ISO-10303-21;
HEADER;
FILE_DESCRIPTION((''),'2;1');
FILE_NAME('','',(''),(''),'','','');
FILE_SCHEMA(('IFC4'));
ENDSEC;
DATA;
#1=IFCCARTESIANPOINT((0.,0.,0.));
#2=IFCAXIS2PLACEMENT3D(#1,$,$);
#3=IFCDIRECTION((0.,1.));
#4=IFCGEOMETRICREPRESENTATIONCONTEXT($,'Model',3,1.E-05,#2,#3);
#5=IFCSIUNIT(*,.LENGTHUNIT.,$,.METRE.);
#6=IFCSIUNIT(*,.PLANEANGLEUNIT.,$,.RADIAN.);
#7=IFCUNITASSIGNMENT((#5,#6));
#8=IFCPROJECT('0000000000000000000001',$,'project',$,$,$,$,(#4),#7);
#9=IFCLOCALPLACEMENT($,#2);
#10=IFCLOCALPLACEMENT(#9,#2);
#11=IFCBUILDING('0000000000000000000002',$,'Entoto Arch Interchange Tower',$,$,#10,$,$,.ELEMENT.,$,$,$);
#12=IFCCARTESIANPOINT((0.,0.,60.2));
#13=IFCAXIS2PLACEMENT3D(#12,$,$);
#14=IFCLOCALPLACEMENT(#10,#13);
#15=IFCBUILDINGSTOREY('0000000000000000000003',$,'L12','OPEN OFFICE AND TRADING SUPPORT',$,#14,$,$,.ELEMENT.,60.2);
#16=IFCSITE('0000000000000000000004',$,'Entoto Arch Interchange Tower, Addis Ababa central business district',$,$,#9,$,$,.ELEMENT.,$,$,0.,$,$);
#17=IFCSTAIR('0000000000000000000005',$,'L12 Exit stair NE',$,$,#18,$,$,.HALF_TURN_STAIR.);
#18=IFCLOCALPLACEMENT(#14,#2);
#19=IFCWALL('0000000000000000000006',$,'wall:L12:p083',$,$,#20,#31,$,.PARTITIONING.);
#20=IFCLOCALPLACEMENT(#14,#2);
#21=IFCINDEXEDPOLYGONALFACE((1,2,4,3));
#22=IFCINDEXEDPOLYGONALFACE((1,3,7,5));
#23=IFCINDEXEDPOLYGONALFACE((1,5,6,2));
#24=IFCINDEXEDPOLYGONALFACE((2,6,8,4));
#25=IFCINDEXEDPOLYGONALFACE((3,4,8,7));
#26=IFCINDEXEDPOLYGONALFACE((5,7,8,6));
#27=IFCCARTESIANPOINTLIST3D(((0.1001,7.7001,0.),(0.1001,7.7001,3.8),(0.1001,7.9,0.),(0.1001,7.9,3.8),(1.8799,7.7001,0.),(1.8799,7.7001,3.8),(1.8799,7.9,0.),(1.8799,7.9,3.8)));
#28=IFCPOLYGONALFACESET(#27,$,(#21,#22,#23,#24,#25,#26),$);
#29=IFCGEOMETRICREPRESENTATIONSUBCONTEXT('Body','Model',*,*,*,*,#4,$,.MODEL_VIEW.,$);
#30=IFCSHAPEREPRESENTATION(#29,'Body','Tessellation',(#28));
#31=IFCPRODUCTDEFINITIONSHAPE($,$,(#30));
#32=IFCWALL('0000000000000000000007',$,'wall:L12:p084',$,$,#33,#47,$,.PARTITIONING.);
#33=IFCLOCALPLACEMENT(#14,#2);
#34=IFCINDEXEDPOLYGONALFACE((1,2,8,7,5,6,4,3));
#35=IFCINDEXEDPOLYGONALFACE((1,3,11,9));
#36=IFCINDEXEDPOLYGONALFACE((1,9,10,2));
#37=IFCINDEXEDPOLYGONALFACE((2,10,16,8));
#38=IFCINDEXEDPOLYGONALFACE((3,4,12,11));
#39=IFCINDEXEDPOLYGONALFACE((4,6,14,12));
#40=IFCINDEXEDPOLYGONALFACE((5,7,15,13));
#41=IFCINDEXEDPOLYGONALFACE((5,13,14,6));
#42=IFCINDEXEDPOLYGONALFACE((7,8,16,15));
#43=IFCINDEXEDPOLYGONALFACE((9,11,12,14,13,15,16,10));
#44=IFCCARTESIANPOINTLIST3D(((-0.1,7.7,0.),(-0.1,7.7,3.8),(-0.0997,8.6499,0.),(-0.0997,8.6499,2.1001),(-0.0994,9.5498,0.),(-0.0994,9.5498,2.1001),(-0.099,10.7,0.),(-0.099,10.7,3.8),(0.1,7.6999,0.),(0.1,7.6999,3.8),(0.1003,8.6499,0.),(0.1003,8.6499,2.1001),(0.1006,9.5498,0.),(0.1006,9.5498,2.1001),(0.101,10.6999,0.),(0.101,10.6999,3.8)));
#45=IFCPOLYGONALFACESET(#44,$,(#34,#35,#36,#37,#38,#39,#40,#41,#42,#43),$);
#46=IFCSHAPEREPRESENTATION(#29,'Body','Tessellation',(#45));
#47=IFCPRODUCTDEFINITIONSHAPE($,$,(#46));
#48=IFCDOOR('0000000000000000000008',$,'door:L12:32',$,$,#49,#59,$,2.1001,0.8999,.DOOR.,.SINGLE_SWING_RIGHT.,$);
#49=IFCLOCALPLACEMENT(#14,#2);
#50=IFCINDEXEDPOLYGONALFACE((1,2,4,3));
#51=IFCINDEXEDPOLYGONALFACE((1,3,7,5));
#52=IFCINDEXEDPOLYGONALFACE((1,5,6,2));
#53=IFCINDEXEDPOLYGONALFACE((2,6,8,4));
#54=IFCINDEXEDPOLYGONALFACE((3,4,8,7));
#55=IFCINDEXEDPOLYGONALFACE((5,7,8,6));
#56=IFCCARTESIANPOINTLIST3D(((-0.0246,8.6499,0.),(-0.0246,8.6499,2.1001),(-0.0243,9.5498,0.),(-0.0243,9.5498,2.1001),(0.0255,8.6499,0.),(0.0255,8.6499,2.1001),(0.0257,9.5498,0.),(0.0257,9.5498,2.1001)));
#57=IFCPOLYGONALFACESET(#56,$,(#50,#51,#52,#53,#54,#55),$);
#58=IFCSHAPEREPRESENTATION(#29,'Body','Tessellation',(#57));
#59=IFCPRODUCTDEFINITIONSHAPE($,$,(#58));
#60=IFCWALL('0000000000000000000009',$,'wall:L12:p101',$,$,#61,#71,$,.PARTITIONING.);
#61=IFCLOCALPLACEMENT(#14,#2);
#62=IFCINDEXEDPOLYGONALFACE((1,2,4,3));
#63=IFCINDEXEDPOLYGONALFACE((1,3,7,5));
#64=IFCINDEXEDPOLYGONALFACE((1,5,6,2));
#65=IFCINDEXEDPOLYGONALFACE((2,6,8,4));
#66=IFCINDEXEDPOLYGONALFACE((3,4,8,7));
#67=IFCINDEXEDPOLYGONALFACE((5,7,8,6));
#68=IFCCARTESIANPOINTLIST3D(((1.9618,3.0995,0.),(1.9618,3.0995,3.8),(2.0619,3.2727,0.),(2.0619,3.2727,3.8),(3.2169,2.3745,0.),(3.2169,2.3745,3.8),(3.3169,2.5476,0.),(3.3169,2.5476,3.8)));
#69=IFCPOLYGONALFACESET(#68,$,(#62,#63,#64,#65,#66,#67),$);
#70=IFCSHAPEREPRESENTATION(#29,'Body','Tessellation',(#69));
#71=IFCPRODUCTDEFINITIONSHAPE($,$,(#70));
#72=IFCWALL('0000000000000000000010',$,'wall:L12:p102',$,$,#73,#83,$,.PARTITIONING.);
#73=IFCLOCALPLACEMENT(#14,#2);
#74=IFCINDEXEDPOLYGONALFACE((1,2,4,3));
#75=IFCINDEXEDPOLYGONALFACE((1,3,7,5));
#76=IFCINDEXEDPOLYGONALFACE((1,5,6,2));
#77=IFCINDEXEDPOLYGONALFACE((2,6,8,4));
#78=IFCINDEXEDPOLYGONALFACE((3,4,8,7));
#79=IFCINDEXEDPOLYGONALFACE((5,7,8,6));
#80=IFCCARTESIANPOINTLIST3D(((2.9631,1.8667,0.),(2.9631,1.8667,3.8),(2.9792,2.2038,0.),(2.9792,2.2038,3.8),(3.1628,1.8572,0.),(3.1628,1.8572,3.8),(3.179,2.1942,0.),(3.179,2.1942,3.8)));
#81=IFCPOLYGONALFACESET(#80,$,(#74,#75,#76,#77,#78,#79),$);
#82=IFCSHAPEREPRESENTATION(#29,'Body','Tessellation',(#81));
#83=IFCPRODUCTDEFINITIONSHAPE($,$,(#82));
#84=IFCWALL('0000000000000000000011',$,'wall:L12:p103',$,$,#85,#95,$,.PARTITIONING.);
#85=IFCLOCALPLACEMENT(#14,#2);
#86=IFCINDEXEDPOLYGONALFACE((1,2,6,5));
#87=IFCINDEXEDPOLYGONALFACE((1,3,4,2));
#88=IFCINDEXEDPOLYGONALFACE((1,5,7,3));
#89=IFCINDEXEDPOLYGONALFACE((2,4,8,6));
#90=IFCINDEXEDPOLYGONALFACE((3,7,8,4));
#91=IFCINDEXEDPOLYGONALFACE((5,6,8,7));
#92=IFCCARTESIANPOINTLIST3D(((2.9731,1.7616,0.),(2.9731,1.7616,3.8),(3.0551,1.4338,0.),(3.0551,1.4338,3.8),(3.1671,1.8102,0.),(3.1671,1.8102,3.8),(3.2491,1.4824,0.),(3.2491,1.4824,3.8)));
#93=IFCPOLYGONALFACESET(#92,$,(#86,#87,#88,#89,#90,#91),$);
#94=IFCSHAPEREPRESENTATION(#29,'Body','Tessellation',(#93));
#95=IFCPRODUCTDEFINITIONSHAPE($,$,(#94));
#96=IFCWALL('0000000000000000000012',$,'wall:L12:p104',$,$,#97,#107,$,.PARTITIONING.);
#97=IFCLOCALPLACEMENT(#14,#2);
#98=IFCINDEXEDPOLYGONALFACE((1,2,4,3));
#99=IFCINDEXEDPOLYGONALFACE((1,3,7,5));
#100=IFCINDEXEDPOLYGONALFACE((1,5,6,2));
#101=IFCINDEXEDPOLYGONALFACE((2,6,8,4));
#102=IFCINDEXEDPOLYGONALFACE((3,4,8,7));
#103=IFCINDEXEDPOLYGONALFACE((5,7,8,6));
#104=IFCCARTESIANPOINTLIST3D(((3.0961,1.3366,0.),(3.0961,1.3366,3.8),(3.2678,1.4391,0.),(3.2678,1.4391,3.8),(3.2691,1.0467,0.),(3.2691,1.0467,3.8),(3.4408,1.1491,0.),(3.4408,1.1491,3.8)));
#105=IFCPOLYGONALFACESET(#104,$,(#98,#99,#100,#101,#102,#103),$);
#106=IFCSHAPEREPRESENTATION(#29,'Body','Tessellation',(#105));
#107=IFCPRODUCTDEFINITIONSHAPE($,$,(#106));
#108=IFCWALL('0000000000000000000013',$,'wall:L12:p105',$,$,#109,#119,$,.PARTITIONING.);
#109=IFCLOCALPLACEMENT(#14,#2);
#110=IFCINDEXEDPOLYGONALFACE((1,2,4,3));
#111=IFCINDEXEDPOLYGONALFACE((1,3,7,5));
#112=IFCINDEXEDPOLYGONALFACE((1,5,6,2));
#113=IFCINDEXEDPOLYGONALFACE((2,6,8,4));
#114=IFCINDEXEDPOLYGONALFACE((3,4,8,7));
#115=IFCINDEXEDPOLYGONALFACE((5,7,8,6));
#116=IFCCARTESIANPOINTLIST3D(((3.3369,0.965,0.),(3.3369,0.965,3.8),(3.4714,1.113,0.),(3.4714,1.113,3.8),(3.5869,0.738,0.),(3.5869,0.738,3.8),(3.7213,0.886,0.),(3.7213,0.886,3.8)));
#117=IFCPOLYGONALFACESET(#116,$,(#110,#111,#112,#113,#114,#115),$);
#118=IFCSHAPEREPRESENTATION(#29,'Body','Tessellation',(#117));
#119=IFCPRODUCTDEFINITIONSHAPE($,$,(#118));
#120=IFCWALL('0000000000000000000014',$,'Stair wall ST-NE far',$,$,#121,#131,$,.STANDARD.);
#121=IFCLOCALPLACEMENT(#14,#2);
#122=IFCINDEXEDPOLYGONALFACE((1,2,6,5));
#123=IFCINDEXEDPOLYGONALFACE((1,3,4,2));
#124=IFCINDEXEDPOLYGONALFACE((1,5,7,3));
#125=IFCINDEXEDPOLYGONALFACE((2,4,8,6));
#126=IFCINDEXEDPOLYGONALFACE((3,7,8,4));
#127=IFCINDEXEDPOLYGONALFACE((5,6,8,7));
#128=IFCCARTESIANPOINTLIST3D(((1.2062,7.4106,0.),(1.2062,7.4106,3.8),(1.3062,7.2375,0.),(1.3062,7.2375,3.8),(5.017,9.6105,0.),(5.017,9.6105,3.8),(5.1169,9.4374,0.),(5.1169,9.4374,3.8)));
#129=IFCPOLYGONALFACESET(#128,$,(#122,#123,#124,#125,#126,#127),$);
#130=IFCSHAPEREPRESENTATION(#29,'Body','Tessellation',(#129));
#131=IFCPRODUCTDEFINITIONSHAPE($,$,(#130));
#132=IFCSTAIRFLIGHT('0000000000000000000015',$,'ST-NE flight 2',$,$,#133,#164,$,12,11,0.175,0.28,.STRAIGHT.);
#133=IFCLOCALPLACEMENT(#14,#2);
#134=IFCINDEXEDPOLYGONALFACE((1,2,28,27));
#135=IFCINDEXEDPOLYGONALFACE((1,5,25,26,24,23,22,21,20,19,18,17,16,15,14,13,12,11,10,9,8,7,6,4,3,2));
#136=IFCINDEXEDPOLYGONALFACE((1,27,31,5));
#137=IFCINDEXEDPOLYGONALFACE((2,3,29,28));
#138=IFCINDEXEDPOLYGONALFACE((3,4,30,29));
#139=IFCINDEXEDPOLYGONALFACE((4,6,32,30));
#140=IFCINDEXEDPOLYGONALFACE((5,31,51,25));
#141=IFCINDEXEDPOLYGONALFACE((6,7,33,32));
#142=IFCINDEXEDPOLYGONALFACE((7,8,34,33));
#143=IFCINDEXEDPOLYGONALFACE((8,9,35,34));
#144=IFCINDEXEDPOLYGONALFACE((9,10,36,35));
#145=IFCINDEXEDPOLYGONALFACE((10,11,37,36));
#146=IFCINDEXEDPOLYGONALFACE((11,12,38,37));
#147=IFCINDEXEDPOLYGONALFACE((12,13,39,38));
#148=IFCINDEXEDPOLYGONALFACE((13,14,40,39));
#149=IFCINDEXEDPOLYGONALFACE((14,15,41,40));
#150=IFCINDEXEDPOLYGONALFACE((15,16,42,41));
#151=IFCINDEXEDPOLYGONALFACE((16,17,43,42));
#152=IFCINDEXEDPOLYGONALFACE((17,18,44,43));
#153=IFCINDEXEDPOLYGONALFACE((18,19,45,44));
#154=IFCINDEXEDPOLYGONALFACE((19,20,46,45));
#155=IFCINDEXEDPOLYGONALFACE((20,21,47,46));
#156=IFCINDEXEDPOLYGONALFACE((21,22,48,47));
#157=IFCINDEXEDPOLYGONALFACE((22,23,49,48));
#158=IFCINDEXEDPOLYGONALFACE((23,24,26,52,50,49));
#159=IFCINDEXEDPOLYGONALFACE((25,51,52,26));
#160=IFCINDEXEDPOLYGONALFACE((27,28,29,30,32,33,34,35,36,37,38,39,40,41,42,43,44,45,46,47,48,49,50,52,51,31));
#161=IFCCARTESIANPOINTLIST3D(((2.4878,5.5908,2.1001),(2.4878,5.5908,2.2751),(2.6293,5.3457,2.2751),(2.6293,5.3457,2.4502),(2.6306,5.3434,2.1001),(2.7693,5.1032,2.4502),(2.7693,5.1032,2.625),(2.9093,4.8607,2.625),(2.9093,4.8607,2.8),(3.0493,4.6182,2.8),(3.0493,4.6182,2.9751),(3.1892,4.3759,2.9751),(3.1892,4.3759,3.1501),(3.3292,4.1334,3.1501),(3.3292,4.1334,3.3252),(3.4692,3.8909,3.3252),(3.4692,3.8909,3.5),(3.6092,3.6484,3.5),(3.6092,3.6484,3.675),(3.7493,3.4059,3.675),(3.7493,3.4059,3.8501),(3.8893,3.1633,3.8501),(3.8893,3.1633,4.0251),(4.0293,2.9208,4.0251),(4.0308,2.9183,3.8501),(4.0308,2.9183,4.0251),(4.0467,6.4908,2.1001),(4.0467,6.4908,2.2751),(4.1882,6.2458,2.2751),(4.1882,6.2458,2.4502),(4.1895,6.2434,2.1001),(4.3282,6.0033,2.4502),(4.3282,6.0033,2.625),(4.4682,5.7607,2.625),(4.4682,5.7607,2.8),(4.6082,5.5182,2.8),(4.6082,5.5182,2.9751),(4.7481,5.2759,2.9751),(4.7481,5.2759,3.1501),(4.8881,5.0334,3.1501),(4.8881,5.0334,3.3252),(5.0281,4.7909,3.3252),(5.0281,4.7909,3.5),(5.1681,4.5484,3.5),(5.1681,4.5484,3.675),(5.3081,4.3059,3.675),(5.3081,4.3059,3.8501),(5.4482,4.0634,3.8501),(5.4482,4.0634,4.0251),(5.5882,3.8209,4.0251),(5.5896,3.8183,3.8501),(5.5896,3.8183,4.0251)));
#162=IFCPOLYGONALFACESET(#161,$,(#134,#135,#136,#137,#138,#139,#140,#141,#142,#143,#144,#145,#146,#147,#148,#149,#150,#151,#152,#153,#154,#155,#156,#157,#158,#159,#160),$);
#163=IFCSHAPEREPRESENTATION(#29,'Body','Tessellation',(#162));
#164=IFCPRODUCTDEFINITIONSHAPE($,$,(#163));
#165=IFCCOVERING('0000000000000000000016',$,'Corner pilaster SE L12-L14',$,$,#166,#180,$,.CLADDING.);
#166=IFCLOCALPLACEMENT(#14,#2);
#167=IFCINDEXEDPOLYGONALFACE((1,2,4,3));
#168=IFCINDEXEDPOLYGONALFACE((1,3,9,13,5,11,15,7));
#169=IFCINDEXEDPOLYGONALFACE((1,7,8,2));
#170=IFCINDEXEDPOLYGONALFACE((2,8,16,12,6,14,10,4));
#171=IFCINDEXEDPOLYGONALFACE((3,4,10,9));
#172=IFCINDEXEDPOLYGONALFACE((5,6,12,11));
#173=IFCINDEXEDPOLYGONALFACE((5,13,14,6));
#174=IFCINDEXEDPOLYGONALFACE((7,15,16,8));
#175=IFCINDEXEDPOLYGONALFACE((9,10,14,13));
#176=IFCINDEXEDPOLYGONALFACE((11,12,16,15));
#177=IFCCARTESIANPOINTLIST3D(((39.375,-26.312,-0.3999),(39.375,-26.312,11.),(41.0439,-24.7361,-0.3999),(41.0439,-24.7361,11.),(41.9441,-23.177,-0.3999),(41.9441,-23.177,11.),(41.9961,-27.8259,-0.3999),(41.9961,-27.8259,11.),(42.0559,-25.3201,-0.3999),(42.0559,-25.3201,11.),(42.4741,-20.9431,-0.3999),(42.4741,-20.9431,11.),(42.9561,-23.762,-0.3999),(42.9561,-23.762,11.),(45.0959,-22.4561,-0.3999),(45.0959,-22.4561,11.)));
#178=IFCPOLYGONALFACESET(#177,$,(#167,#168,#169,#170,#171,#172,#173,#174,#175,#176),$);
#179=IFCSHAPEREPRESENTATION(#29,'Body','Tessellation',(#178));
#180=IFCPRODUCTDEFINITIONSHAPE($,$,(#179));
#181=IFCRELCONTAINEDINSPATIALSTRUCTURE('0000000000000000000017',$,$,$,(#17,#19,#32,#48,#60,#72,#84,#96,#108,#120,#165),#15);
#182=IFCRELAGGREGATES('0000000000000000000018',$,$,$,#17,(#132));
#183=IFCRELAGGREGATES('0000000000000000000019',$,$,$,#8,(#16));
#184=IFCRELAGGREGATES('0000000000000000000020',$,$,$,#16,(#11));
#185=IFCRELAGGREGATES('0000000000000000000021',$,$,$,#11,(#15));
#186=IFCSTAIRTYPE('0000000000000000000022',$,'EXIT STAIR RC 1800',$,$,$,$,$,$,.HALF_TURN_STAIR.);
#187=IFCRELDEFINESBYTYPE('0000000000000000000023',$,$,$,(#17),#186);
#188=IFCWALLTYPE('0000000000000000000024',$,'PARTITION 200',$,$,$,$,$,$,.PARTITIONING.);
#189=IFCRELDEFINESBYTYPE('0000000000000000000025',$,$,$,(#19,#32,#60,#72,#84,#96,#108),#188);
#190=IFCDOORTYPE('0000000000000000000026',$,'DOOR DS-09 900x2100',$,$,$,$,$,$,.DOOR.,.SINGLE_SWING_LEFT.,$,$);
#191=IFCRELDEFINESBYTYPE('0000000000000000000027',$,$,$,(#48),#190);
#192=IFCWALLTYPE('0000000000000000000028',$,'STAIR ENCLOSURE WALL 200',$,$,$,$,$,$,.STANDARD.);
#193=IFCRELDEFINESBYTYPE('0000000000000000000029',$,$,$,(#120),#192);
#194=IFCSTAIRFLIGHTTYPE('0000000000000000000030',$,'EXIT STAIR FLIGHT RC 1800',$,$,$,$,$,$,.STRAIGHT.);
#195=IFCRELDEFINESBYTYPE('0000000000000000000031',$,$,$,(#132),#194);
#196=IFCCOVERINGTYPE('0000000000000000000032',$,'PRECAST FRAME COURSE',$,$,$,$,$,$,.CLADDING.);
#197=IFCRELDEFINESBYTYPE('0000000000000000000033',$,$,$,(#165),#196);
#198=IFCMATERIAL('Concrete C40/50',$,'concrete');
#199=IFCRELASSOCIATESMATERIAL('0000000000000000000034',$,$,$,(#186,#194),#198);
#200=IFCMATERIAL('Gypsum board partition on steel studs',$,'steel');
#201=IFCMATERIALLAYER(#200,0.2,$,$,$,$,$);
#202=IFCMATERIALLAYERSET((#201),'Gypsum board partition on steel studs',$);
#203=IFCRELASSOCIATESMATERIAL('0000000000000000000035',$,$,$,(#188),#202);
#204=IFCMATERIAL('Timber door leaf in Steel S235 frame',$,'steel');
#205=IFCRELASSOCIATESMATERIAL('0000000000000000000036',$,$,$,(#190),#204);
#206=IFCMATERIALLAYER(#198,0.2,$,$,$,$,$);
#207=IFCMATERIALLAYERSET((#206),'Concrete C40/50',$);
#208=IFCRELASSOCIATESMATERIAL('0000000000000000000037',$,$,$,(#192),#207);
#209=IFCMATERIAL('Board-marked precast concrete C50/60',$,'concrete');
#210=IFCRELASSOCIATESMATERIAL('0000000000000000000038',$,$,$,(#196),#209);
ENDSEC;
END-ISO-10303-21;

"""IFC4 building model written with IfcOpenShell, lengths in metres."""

from ifc_helpers import new_model, si_unit, direction, frame, frame_2d, origin, place, context, subcontext, project, spatial, polyline, rectangle, outline, extrude, material, layer, layer_set, type_object, element, fill, aggregate, save


model = new_model("IFC4")

# Units and contexts
model_context = context("Model", 3, precision=1e-05, world=origin(), true_north=direction((0.0, 1.0)))
body_context = subcontext(model_context, "Body", "Model", "MODEL_VIEW")
ifc_project = project(units=[si_unit("LENGTHUNIT", "METRE"), si_unit("PLANEANGLEUNIT", "RADIAN")], contexts=[model_context])

# Site, building, storey
site_placement = place(None, origin())
site = spatial("IfcSite", under=ifc_project, at=site_placement, Name="Entoto Arch Interchange Tower, Addis Ababa central business district", CompositionType="ELEMENT", RefElevation=0.0)
building_placement = place(site_placement, origin())
building = spatial("IfcBuilding", under=site, at=building_placement, Name="Entoto Arch Interchange Tower", CompositionType="ELEMENT")
storey_placement = place(building_placement, frame((0.0, 0.0, 60.2)))
storey = spatial("IfcBuildingStorey", under=building, at=storey_placement, Name="L12", Description="OPEN OFFICE AND TRADING SUPPORT", CompositionType="ELEMENT", Elevation=60.2)

# Shared definitions
ifc_material_1 = material(Name="Board-marked precast concrete C50/60", Category="concrete")
ifc_material_2 = material(Name="Concrete C40/50", Category="concrete")

# Stair
stair_type = type_object("IfcStairType", Name="EXIT STAIR RC 1800", PredefinedType="HALF_TURN_STAIR", material=ifc_material_2)
stair_1_placement = place(storey_placement, origin())
stair_1 = element("IfcStair", 1, at=stair_1_placement, inside=storey, type_object=stair_type, Name="L12 Exit stair NE", PredefinedType="HALF_TURN_STAIR")

# Wall
ifc_material_3 = material(Name="Gypsum board partition on steel studs", Category="steel")
ifc_layer_1 = layer(ifc_material_3, 0.2)
ifc_layer_set_1 = layer_set([ifc_layer_1], Name="Gypsum board partition on steel studs")
wall_type_1 = type_object("IfcWallType", Name="PARTITION 200", PredefinedType="PARTITIONING", material=ifc_layer_set_1)
wall_1_placement = place(storey_placement, frame((1.8799, 7.8, 0.0), z_axis=(0.0, 0.0, 1.0), x_axis=(-1.0, 0.0, 0.0)))
element("IfcWall", 2, at=wall_1_placement, inside=storey, type_object=wall_type_1, Name="wall:L12:p083", PredefinedType="PARTITIONING", context=body_context, shape_type="SweptSolid", body=[
    extrude(rectangle(XDim=1.7798, YDim=0.2, at=frame_2d((0.8899, 0.0))), origin(), (0.0, 0.0, 1.0), 3.8),
])

# Wall, opening, door
wall_2_placement = place(storey_placement, frame((0.0, 7.7, 0.0), z_axis=(0.0, 0.0, 1.0), x_axis=(0.000326, 1.0, 0.0)))
wall_2 = element("IfcWall", 3, at=wall_2_placement, inside=storey, type_object=wall_type_1, Name="wall:L12:p084", PredefinedType="PARTITIONING", context=body_context, shape_type="SweptSolid", body=[
    extrude(rectangle(XDim=3.0, YDim=0.2, at=frame_2d((1.5, 0.0))), origin(), (0.0, 0.0, 1.0), 3.8),
])
opening_placement = place(wall_2_placement, frame((0.95, 0.0, 0.0)))
opening = element("IfcOpeningElement", 4, at=opening_placement, cuts=wall_2, PredefinedType="OPENING", context=body_context, shape_type="SweptSolid", body=[
    extrude(rectangle(XDim=0.8999, YDim=2.1001, at=frame_2d((0.45, 1.05))), frame((0.0, 0.1099, 0.0), z_axis=(0.0, -1.0, 0.0), x_axis=(1.0, 0.0, 0.0)), (0.0, 0.0, 1.0), 0.22),
])
ifc_material_4 = material(Name="Timber door leaf in Steel S235 frame", Category="steel")
door_type = type_object("IfcDoorType", Name="DOOR DS-09 900x2100", OperationType="SINGLE_SWING_LEFT", PredefinedType="DOOR", material=ifc_material_4)
door_placement = place(opening_placement, origin())
door = element("IfcDoor", 5, at=door_placement, inside=storey, type_object=door_type, Name="door:L12:32", OperationType="SINGLE_SWING_RIGHT", OverallHeight=2.1001, OverallWidth=0.8999, PredefinedType="DOOR", context=body_context, shape_type="SweptSolid", body=[
    extrude(rectangle(XDim=0.8999, YDim=2.1001, at=frame_2d((0.45, 1.05))), frame((0.0, 0.0249, 0.0), z_axis=(0.0, -1.0, 0.0), x_axis=(1.0, 0.0, 0.0)), (0.0, 0.0, 1.0), 0.05),
])
fill(opening, door)

# Walls
wall_3_placement = place(storey_placement, frame((2.012, 3.186, 0.0), z_axis=(0.0, 0.0, 1.0), x_axis=(0.865891, -0.500233, 0.0)))
element("IfcWall", 6, at=wall_3_placement, inside=storey, type_object=wall_type_1, Name="wall:L12:p101", PredefinedType="PARTITIONING", context=body_context, shape_type="SweptSolid", body=[
    extrude(rectangle(XDim=1.4495, YDim=0.2, at=frame_2d((0.7246, 0.0))), origin(), (0.0, 0.0, 1.0), 3.8),
])
wall_4_placement = place(storey_placement, frame((3.0791, 2.199, 0.0), z_axis=(0.0, 0.0, 1.0), x_axis=(-0.047771, -0.998858, 0.0)))
element("IfcWall", 7, at=wall_4_placement, inside=storey, type_object=wall_type_1, Name="wall:L12:p102", PredefinedType="PARTITIONING", context=body_context, shape_type="SweptSolid", body=[
    extrude(rectangle(XDim=0.3374, YDim=0.2, at=frame_2d((0.1687, 0.0))), origin(), (0.0, 0.0, 1.0), 3.8),
])
wall_5_placement = place(storey_placement, frame((3.0701, 1.7859, 0.0), z_axis=(0.0, 0.0, 1.0), x_axis=(0.242706, -0.9701, 0.0)))
element("IfcWall", 8, at=wall_5_placement, inside=storey, type_object=wall_type_1, Name="wall:L12:p103", PredefinedType="PARTITIONING", context=body_context, shape_type="SweptSolid", body=[
    extrude(rectangle(XDim=0.3379, YDim=0.2, at=frame_2d((0.1689, 0.0))), origin(), (0.0, 0.0, 1.0), 3.8),
])
for number, where, z_axis, x_axis, name in (
    (9, (3.1819, 1.3879, 0.0), (0.0, 0.0, 1.0), (0.512475, -0.858702, 0.0), "wall:L12:p104"),
    (10, (3.4041, 1.0391, 0.0), (0.0, 0.0, 1.0), (0.740267, -0.672313, 0.0), "wall:L12:p105"),
):
    element("IfcWall", number, at=place(storey_placement, frame(where, z_axis=z_axis, x_axis=x_axis)), inside=storey, type_object=wall_type_1, Name=name, PredefinedType="PARTITIONING", context=body_context, shape_type="SweptSolid", body=[
        extrude(rectangle(XDim=0.3376, YDim=0.2, at=frame_2d((0.1689, 0.0))), origin(), (0.0, 0.0, 1.0), 3.8),
    ])
ifc_layer_2 = layer(ifc_material_2, 0.2)
ifc_layer_set_2 = layer_set([ifc_layer_2], Name="Concrete C40/50")
wall_type_2 = type_object("IfcWallType", Name="STAIR ENCLOSURE WALL 200", PredefinedType="STANDARD", material=ifc_layer_set_2)
wall_6_placement = place(storey_placement, frame((1.2561, 7.324, 0.0), z_axis=(0.0, 0.0, 1.0), x_axis=(0.866046, 0.499964, 0.0)))
element("IfcWall", 11, at=wall_6_placement, inside=storey, type_object=wall_type_2, Name="Stair wall ST-NE far", PredefinedType="STANDARD", context=body_context, shape_type="SweptSolid", body=[
    extrude(rectangle(XDim=4.4001, YDim=0.2, at=frame_2d((2.2002, 0.0))), origin(), (0.0, 0.0, 1.0), 3.8),
])

# Stair flight
stair_flight_type = type_object("IfcStairFlightType", Name="EXIT STAIR FLIGHT RC 1800", PredefinedType="STRAIGHT", material=ifc_material_2)
stair_flight_placement = place(storey_placement, frame((3.2688, 6.0383, 2.1001), z_axis=(0.0, 0.0, 1.0), x_axis=(0.5, -0.866025, 0.0)))
stair_flight = element("IfcStairFlight", 12, at=stair_flight_placement, type_object=stair_flight_type, Name="ST-NE flight 2", NumberOfRisers=12, NumberOfTreads=11, PredefinedType="STRAIGHT", RiserHeight=0.175, TreadLength=0.28, context=body_context, shape_type="SweptSolid", body=[
    extrude(outline(polyline([(-0.0029, 0.0), (-0.0029, 0.175), (0.28, 0.175), (0.28, 0.3501), (0.5601, 0.3501), (0.5601, 0.5249), (0.8401, 0.5249), (0.8401, 0.7), (1.1201, 0.7), (1.1201, 0.875), (1.3999, 0.875), (1.3999, 1.05), (1.6799, 1.05), (1.6799, 1.2251), (1.96, 1.2251), (1.96, 1.3999), (2.24, 1.3999), (2.24, 1.575), (2.52, 1.575), (2.52, 1.75), (2.8, 1.75), (2.8, 1.925), (3.0801, 1.925), (3.083, 1.925), (3.083, 1.75), (0.2827, 0.0), (-0.0029, 0.0)])), frame((0.0, 0.8999, 0.0), z_axis=(0.0, -1.0, 0.0), x_axis=(1.0, 0.0, 0.0)), (0.0, 0.0, 1.0), 1.8),
])
aggregate(stair_1, [stair_flight])

# Covering
covering_type_1 = type_object("IfcCoveringType", Name="PRECAST FRAME COURSE", PredefinedType="CLADDING", material=ifc_material_1)
covering_1_placement = place(storey_placement, frame((0.0, 0.0, -0.3999)))
element("IfcCovering", 13, at=covering_1_placement, inside=storey, type_object=covering_type_1, Name="Corner pilaster SE L12-L14", PredefinedType="CLADDING", context=body_context, shape_type="SweptSolid", body=[
    extrude(outline(polyline([(45.0959, -22.4561), (41.9961, -27.8259), (39.375, -26.312), (41.0439, -24.7361), (42.0559, -25.3201), (42.9561, -23.762), (41.9441, -23.177), (42.4741, -20.9431), (45.0959, -22.4561)])), origin(), (0.0, 0.0, 1.0), 11.3999),
])

save(model, "model.ifc")
